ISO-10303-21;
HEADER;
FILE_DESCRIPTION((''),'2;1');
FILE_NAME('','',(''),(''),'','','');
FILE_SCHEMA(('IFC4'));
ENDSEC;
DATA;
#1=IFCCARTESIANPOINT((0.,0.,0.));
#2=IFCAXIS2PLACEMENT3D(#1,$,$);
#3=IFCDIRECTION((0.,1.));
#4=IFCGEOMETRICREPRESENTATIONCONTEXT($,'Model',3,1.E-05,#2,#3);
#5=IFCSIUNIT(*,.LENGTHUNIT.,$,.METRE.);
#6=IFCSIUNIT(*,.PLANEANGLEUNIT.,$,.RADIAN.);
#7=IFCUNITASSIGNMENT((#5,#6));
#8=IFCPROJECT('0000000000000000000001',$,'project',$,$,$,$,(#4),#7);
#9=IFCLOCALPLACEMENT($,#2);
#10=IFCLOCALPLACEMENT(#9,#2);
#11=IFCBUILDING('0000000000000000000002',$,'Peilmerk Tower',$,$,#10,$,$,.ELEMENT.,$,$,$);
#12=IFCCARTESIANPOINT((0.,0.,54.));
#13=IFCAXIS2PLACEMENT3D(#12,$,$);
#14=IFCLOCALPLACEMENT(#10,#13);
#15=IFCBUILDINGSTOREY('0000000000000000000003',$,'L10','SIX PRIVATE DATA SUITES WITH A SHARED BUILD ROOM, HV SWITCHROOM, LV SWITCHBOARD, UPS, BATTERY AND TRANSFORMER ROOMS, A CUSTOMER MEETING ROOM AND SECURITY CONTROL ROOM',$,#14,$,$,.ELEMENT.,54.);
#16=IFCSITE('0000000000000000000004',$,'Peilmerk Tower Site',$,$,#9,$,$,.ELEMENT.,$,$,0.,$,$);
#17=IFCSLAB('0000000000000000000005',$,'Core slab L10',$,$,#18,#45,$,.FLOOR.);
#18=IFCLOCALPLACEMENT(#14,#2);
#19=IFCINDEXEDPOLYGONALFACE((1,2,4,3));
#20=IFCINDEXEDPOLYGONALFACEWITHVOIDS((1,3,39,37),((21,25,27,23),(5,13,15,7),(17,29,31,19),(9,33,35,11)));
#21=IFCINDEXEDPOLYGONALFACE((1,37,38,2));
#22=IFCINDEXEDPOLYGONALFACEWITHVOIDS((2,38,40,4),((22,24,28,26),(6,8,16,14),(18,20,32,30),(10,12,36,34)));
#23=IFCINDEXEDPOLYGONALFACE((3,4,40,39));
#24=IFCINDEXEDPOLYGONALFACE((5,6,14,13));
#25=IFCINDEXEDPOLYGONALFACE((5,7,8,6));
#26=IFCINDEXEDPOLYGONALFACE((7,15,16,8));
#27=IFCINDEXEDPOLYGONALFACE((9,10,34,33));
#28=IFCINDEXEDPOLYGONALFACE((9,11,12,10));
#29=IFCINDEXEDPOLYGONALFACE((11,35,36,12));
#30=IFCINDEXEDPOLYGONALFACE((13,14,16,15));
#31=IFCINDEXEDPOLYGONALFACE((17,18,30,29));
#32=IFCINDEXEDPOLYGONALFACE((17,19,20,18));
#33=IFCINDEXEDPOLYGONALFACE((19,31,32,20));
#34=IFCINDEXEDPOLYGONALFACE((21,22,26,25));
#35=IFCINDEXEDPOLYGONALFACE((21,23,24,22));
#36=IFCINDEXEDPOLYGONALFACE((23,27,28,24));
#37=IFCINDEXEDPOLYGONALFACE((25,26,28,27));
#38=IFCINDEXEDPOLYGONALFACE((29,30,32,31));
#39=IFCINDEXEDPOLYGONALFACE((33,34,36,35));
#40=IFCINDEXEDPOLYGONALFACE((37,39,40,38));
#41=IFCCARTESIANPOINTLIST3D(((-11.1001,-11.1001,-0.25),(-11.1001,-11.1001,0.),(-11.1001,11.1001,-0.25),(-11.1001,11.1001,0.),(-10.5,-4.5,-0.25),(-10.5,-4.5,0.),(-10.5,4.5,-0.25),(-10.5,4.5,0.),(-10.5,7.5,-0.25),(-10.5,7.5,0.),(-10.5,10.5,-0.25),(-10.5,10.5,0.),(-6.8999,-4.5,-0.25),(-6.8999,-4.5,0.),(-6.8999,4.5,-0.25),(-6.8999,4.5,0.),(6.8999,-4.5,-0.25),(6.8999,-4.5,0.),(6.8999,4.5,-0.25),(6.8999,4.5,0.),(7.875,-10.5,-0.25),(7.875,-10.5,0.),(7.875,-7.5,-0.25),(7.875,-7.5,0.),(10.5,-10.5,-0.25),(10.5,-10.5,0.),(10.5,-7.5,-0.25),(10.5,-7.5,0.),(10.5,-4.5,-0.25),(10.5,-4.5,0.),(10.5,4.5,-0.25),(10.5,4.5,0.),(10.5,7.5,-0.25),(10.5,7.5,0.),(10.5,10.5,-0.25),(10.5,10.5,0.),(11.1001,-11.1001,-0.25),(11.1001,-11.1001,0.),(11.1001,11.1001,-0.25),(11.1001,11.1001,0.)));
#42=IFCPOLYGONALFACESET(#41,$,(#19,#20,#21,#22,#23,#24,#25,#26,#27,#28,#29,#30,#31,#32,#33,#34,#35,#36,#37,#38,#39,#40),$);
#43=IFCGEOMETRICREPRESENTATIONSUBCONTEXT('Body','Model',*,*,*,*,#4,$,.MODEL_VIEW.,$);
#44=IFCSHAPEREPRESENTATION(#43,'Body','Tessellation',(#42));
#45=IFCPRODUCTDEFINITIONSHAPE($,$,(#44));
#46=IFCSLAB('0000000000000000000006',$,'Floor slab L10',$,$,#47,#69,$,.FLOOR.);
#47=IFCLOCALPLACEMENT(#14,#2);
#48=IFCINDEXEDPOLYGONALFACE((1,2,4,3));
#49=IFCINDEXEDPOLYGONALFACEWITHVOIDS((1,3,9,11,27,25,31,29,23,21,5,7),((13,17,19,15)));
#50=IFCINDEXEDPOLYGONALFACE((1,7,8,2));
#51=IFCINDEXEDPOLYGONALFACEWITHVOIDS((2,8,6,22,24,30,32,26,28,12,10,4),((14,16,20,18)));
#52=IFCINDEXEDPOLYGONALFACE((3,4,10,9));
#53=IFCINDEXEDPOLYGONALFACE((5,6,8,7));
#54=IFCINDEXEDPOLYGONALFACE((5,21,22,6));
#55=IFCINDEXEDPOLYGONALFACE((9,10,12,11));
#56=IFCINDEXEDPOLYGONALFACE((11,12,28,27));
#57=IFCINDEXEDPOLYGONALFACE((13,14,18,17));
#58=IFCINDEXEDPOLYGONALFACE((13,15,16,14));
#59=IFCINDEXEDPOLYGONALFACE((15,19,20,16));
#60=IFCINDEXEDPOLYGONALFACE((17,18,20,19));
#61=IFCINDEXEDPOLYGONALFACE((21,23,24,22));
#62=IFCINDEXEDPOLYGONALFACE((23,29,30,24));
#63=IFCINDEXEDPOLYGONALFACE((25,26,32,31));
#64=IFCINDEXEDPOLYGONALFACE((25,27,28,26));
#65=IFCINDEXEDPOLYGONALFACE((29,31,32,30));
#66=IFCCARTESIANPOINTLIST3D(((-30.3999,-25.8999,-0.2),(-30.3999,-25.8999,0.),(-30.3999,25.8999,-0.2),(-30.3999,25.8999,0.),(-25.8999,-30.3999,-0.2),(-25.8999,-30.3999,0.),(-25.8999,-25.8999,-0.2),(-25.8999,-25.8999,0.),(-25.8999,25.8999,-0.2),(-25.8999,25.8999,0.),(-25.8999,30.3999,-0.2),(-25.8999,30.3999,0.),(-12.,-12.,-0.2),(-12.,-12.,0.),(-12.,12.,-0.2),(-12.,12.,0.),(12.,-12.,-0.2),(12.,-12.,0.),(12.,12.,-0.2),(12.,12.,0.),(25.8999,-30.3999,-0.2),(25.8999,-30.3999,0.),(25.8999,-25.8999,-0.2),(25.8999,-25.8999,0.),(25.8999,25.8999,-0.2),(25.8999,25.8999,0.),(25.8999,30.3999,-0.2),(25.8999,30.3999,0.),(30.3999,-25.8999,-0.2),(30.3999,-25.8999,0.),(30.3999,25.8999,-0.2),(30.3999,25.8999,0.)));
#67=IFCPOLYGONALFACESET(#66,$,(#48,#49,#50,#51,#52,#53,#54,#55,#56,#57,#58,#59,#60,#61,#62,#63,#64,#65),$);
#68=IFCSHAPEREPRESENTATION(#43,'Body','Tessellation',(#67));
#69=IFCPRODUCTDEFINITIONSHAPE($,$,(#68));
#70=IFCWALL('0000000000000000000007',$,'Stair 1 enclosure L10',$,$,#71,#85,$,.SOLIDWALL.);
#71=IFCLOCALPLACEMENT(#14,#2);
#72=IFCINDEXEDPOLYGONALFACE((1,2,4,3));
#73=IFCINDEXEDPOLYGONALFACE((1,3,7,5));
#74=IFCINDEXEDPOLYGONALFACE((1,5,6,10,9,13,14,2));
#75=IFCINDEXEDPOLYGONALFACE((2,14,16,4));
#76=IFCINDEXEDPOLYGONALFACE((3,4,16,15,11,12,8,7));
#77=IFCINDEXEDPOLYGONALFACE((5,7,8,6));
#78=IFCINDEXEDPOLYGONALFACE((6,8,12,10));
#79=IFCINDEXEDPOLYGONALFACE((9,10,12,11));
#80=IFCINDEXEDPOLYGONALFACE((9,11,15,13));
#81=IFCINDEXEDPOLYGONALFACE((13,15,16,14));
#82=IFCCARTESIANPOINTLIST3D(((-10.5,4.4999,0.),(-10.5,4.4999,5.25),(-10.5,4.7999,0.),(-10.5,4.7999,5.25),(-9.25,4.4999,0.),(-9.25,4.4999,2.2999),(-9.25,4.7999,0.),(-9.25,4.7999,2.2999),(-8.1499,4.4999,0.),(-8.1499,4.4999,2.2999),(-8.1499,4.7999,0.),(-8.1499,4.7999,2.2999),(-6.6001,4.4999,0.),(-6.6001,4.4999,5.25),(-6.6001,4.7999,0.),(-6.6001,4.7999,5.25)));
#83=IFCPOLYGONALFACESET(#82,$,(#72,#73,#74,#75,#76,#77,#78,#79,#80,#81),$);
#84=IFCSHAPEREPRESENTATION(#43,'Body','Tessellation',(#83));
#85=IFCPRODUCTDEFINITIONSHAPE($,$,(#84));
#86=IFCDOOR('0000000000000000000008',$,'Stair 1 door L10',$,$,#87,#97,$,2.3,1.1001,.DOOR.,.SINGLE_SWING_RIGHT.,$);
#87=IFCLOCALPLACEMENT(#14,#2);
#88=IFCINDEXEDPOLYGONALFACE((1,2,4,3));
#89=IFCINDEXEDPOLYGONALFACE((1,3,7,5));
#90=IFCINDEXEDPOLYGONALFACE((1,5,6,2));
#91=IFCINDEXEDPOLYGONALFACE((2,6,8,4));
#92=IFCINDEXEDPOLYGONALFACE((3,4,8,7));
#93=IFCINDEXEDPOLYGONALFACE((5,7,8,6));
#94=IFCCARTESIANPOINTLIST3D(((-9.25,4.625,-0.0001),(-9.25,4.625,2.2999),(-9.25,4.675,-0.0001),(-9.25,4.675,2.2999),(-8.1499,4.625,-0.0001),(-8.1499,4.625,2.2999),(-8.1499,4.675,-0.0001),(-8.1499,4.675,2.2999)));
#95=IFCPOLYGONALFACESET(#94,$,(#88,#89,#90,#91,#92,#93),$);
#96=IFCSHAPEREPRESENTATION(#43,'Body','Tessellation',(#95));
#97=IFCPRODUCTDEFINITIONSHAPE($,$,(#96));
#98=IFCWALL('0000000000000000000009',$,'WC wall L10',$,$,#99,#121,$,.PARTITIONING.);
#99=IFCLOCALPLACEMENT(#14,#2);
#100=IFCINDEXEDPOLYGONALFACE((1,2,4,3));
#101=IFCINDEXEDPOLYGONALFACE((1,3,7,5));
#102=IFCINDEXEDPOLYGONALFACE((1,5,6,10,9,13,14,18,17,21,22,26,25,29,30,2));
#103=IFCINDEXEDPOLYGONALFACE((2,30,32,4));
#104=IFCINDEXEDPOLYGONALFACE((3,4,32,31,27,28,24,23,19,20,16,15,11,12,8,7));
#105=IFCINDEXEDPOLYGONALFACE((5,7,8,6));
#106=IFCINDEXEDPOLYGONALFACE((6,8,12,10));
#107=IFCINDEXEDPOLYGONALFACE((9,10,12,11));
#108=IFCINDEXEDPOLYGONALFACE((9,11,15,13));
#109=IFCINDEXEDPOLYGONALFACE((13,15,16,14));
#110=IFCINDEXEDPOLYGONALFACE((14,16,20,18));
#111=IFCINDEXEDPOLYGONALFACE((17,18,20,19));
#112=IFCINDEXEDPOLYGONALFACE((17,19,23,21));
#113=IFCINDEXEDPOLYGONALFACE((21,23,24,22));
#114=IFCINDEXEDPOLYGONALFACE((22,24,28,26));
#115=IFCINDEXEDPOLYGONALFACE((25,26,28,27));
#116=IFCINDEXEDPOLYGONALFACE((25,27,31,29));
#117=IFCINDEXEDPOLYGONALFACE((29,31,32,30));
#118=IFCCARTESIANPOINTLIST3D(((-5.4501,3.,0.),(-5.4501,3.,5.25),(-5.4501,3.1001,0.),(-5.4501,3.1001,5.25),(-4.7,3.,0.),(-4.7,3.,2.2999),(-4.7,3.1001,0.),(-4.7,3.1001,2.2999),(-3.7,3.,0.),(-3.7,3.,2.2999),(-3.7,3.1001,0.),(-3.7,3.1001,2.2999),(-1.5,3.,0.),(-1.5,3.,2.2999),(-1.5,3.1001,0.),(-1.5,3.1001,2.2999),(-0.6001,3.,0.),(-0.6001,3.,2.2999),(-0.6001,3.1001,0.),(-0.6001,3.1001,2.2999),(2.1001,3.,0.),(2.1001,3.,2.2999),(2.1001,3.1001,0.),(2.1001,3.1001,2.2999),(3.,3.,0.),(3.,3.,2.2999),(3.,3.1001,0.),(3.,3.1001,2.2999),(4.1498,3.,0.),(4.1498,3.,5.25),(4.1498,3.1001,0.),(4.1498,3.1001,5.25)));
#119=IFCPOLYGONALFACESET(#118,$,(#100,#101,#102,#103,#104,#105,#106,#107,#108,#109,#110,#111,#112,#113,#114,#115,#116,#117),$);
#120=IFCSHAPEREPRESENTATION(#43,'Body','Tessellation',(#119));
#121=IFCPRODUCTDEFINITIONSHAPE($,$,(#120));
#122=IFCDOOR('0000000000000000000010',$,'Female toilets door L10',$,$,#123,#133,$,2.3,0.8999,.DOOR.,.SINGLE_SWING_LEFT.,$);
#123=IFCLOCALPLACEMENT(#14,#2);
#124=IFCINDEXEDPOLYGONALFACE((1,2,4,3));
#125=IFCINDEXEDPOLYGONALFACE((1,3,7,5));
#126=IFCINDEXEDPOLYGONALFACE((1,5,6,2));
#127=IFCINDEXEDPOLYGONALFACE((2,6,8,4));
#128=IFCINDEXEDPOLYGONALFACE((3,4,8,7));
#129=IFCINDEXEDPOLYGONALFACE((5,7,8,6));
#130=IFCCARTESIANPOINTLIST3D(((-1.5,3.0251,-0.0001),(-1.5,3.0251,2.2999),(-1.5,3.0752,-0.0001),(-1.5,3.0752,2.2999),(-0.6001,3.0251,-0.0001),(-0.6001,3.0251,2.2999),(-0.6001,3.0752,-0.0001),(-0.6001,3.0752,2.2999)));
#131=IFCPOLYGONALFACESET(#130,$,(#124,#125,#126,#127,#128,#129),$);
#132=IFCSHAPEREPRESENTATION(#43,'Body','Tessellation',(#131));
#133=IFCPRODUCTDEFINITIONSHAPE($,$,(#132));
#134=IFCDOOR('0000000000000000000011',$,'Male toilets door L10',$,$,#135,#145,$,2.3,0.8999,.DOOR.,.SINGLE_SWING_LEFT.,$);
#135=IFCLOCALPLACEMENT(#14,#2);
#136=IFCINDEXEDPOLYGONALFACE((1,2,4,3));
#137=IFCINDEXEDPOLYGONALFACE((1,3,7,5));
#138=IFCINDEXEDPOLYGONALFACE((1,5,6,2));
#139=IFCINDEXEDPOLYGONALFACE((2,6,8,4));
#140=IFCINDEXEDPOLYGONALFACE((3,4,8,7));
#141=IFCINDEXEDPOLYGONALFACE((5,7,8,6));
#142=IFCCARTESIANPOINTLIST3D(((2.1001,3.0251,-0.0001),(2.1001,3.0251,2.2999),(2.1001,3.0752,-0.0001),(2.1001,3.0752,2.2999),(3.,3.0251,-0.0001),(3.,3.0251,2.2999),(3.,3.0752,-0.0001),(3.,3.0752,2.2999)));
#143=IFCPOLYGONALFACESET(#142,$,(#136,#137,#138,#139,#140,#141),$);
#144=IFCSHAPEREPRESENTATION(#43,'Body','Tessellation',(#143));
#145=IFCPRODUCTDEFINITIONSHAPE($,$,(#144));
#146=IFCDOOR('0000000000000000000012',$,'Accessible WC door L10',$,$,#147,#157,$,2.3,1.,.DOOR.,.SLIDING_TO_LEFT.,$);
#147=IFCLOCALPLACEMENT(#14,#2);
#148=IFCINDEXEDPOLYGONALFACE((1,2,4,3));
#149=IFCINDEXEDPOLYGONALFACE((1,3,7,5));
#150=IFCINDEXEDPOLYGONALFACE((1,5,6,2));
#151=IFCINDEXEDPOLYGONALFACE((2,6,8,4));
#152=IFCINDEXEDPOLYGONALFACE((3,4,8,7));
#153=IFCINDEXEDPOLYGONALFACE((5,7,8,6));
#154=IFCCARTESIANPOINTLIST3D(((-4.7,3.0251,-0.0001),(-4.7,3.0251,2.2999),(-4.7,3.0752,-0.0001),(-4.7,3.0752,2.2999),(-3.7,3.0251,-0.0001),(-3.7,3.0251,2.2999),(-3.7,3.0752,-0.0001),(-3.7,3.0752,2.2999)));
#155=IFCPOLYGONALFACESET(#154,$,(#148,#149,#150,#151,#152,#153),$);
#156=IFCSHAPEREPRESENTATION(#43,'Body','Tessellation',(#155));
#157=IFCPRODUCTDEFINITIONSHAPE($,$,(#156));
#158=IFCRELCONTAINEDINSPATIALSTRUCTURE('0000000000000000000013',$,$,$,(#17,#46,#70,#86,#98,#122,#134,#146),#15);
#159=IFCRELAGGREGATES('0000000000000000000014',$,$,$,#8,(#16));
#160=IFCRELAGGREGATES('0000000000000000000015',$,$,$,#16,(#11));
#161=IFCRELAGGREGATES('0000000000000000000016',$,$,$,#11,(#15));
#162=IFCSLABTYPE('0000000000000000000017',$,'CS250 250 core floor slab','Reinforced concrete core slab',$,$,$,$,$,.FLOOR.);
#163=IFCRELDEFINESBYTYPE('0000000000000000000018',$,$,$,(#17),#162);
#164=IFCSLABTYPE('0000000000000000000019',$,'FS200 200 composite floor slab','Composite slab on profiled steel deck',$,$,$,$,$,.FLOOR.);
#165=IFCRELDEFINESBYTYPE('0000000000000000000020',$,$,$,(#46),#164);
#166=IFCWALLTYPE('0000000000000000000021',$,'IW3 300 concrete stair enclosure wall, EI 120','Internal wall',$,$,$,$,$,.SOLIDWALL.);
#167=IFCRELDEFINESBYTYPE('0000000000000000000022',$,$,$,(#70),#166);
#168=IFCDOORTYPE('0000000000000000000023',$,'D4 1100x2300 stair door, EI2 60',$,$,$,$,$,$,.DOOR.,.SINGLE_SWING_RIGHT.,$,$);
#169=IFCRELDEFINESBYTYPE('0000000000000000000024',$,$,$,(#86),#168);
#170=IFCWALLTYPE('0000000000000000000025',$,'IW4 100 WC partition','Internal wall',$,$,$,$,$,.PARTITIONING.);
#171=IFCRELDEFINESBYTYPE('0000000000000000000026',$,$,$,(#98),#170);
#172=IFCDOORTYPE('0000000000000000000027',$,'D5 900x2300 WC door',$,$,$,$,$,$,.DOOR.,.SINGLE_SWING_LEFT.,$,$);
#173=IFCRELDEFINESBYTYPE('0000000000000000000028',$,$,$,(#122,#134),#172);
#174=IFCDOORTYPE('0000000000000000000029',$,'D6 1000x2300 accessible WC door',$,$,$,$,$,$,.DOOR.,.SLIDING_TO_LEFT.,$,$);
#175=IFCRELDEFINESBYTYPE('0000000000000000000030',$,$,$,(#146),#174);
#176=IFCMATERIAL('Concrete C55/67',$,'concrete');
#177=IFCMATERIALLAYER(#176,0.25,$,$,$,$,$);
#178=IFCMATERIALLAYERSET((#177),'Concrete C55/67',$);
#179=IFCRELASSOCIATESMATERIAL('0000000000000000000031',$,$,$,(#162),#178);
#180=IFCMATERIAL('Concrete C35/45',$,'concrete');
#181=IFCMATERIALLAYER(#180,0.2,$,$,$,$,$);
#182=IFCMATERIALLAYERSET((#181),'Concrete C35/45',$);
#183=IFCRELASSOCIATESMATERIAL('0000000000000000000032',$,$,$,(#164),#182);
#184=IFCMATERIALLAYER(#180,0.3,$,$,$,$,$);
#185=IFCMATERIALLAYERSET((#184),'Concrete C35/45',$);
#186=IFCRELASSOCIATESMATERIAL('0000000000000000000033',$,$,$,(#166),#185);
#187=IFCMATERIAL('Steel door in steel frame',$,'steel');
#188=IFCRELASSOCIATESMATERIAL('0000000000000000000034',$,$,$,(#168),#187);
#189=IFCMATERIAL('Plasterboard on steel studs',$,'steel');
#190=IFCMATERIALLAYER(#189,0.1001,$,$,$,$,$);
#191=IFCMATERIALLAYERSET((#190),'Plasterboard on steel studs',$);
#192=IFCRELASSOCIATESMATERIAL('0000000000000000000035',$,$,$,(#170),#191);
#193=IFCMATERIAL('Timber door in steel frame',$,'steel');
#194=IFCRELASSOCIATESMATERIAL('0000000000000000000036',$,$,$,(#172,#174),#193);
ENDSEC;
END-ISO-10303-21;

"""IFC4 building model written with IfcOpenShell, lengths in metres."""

from ifc_helpers import new_model, si_unit, direction, frame, frame_2d, origin, place, context, subcontext, project, spatial, polyline, rectangle, outline, extrude, material, layer, layer_set, type_object, element, fill, save


model = new_model("IFC4")

# Units and contexts
model_context = context("Model", 3, precision=1e-05, world=origin(), true_north=direction((0.0, 1.0)))
body_context = subcontext(model_context, "Body", "Model", "MODEL_VIEW")
ifc_project = project(units=[si_unit("LENGTHUNIT", "METRE"), si_unit("PLANEANGLEUNIT", "RADIAN")], contexts=[model_context])

# Site, building, storey
site_placement = place(None, origin())
site = spatial("IfcSite", under=ifc_project, at=site_placement, Name="Peilmerk Tower Site", CompositionType="ELEMENT", RefElevation=0.0)
building_placement = place(site_placement, origin())
building = spatial("IfcBuilding", under=site, at=building_placement, Name="Peilmerk Tower", CompositionType="ELEMENT")
storey_placement = place(building_placement, frame((0.0, 0.0, 54.0)))
storey = spatial("IfcBuildingStorey", under=building, at=storey_placement, Name="L10", Description="SIX PRIVATE DATA SUITES WITH A SHARED BUILD ROOM, HV SWITCHROOM, LV SWITCHBOARD, UPS, BATTERY AND TRANSFORMER ROOMS, A CUSTOMER MEETING ROOM AND SECURITY CONTROL ROOM", CompositionType="ELEMENT", Elevation=54.0)

# Slabs
ifc_material_1 = material(Name="Concrete C55/67", Category="concrete")
ifc_layer_1 = layer(ifc_material_1, 0.25)
ifc_layer_set_1 = layer_set([ifc_layer_1], Name="Concrete C55/67")
slab_type_1 = type_object("IfcSlabType", Name="CS250 250 core floor slab", Description="Reinforced concrete core slab", PredefinedType="FLOOR", material=ifc_layer_set_1)
slab_1_placement = place(storey_placement, frame((0.0, 0.0, -0.25)))
element("IfcSlab", 1, at=slab_1_placement, inside=storey, type_object=slab_type_1, Name="Core slab L10", PredefinedType="FLOOR", context=body_context, shape_type="SweptSolid", body=[
    extrude(outline(polyline([(-11.1001, 11.1001), (-11.1001, -11.1001), (11.1001, -11.1001), (11.1001, 11.1001), (-11.1001, 11.1001)]), holes=[polyline([(10.5, 7.5), (-10.5, 7.5), (-10.5, 10.5), (10.5, 10.5), (10.5, 7.5)]), polyline([(7.875, -10.5), (7.875, -7.5), (10.5, -7.5), (10.5, -10.5), (7.875, -10.5)]), polyline([(-10.5, 4.5), (-6.8999, 4.5), (-6.8999, -4.5), (-10.5, -4.5), (-10.5, 4.5)]), polyline([(10.5, 4.5), (10.5, -4.5), (6.8999, -4.5), (6.8999, 4.5), (10.5, 4.5)])]), origin(), (0.0, 0.0, 1.0), 0.25),
])
ifc_material_2 = material(Name="Concrete C35/45", Category="concrete")
ifc_layer_2 = layer(ifc_material_2, 0.2)
ifc_layer_set_2 = layer_set([ifc_layer_2], Name="Concrete C35/45")
slab_type_2 = type_object("IfcSlabType", Name="FS200 200 composite floor slab", Description="Composite slab on profiled steel deck", PredefinedType="FLOOR", material=ifc_layer_set_2)
slab_2_placement = place(storey_placement, frame((0.0, 0.0, -0.2)))
element("IfcSlab", 2, at=slab_2_placement, inside=storey, type_object=slab_type_2, Name="Floor slab L10", PredefinedType="FLOOR", context=body_context, shape_type="SweptSolid", body=[
    extrude(outline(polyline([(-25.8999, -30.3999), (25.8999, -30.3999), (25.8999, -25.8999), (30.3999, -25.8999), (30.3999, 25.8999), (25.8999, 25.8999), (25.8999, 30.3999), (-25.8999, 30.3999), (-25.8999, 25.8999), (-30.3999, 25.8999), (-30.3999, -25.8999), (-25.8999, -25.8999), (-25.8999, -30.3999)]), holes=[polyline([(12.0, 12.0), (12.0, -12.0), (-12.0, -12.0), (-12.0, 12.0), (12.0, 12.0)])]), origin(), (0.0, 0.0, 1.0), 0.2),
])

# Wall, opening, door
ifc_layer_3 = layer(ifc_material_2, 0.3)
ifc_layer_set_3 = layer_set([ifc_layer_3], Name="Concrete C35/45")
wall_type_1 = type_object("IfcWallType", Name="IW3 300 concrete stair enclosure wall, EI 120", Description="Internal wall", PredefinedType="SOLIDWALL", material=ifc_layer_set_3)
wall_1_placement = place(storey_placement, frame((-10.5, 4.6499, 0.0), z_axis=(0.0, 0.0, 1.0), x_axis=(1.0, 0.0, 0.0)))
wall_1 = element("IfcWall", 3, at=wall_1_placement, inside=storey, type_object=wall_type_1, Name="Stair 1 enclosure L10", PredefinedType="SOLIDWALL", context=body_context, shape_type="SweptSolid", body=[
    extrude(rectangle(XDim=3.8999, YDim=0.3, at=frame_2d((1.95, 0.0))), origin(), (0.0, 0.0, 1.0), 5.25),
])
opening_1_placement = place(wall_1_placement, frame((1.25, 0.0, 0.0)))
opening_1 = element("IfcOpeningElement", 4, at=opening_1_placement, cuts=wall_1, PredefinedType="OPENING", context=body_context, shape_type="SweptSolid", body=[
    extrude(rectangle(XDim=1.1001, YDim=2.3, at=frame_2d((0.55, 1.1499))), frame((0.0, 0.1599, 0.0), z_axis=(0.0, -1.0, 0.0), x_axis=(1.0, 0.0, 0.0)), (0.0, 0.0, 1.0), 0.3201),
])
ifc_material_3 = material(Name="Steel door in steel frame", Category="steel")
door_type_1 = type_object("IfcDoorType", Name="D4 1100x2300 stair door, EI2 60", OperationType="SINGLE_SWING_RIGHT", PredefinedType="DOOR", material=ifc_material_3)
door_1_placement = place(opening_1_placement, frame((1.1001, 0.0, 0.0), z_axis=(0.0, 0.0, 1.0), x_axis=(-1.0, 0.0, 0.0)))
door_1 = element("IfcDoor", 5, at=door_1_placement, inside=storey, type_object=door_type_1, Name="Stair 1 door L10", OperationType="SINGLE_SWING_RIGHT", OverallHeight=2.3, OverallWidth=1.1001, PredefinedType="DOOR", context=body_context, shape_type="SweptSolid", body=[
    extrude(rectangle(XDim=1.1001, YDim=2.3, at=frame_2d((0.55, 1.1499))), frame((0.0, 0.0249, 0.0), z_axis=(0.0, -1.0, 0.0), x_axis=(1.0, 0.0, 0.0)), (0.0, 0.0, 1.0), 0.05),
])
fill(opening_1, door_1)

# Wall, openings, doors
ifc_material_4 = material(Name="Plasterboard on steel studs", Category="steel")
ifc_layer_4 = layer(ifc_material_4, 0.1001)
ifc_layer_set_4 = layer_set([ifc_layer_4], Name="Plasterboard on steel studs")
wall_type_2 = type_object("IfcWallType", Name="IW4 100 WC partition", Description="Internal wall", PredefinedType="PARTITIONING", material=ifc_layer_set_4)
wall_2_placement = place(storey_placement, frame((-5.45, 3.05, 0.0), z_axis=(0.0, 0.0, 1.0), x_axis=(1.0, 0.0, 0.0)))
wall_2 = element("IfcWall", 6, at=wall_2_placement, inside=storey, type_object=wall_type_2, Name="WC wall L10", PredefinedType="PARTITIONING", context=body_context, shape_type="SweptSolid", body=[
    extrude(rectangle(XDim=9.5999, YDim=0.1001, at=frame_2d((4.7998, 0.0))), origin(), (0.0, 0.0, 1.0), 5.25),
])
opening_2_placement = place(wall_2_placement, frame((0.75, 0.0, 0.0)))
opening_2 = element("IfcOpeningElement", 7, at=opening_2_placement, cuts=wall_2, PredefinedType="OPENING", context=body_context, shape_type="SweptSolid", body=[
    extrude(rectangle(XDim=1.0, YDim=2.3, at=frame_2d((0.5, 1.1499))), frame((0.0, 0.0601, 0.0), z_axis=(0.0, -1.0, 0.0), x_axis=(1.0, 0.0, 0.0)), (0.0, 0.0, 1.0), 0.1201),
])
opening_3_placement = place(wall_2_placement, frame((3.95, 0.0, 0.0)))
opening_3 = element("IfcOpeningElement", 8, at=opening_3_placement, cuts=wall_2, PredefinedType="OPENING", context=body_context, shape_type="SweptSolid", body=[
    extrude(rectangle(XDim=0.8999, YDim=2.3, at=frame_2d((0.45, 1.1499))), frame((0.0, 0.0601, 0.0), z_axis=(0.0, -1.0, 0.0), x_axis=(1.0, 0.0, 0.0)), (0.0, 0.0, 1.0), 0.1201),
])
opening_4_placement = place(wall_2_placement, frame((7.55, 0.0, 0.0)))
opening_4 = element("IfcOpeningElement", 9, at=opening_4_placement, cuts=wall_2, PredefinedType="OPENING", context=body_context, shape_type="SweptSolid", body=[
    extrude(rectangle(XDim=0.8999, YDim=2.3, at=frame_2d((0.45, 1.1499))), frame((0.0, 0.0601, 0.0), z_axis=(0.0, -1.0, 0.0), x_axis=(1.0, 0.0, 0.0)), (0.0, 0.0, 1.0), 0.1201),
])
ifc_material_5 = material(Name="Timber door in steel frame", Category="steel")
door_type_2 = type_object("IfcDoorType", Name="D5 900x2300 WC door", OperationType="SINGLE_SWING_LEFT", PredefinedType="DOOR", material=ifc_material_5)
door_2_placement = place(opening_3_placement, frame((0.8999, 0.0, 0.0), z_axis=(0.0, 0.0, 1.0), x_axis=(-1.0, 0.0, 0.0)))
door_2 = element("IfcDoor", 10, at=door_2_placement, inside=storey, type_object=door_type_2, Name="Female toilets door L10", OperationType="SINGLE_SWING_LEFT", OverallHeight=2.3, OverallWidth=0.8999, PredefinedType="DOOR", context=body_context, shape_type="SweptSolid", body=[
    extrude(rectangle(XDim=0.8999, YDim=2.3, at=frame_2d((0.45, 1.1499))), frame((0.0, 0.0249, 0.0), z_axis=(0.0, -1.0, 0.0), x_axis=(1.0, 0.0, 0.0)), (0.0, 0.0, 1.0), 0.05),
])
fill(opening_3, door_2)
door_3_placement = place(opening_4_placement, frame((0.8999, 0.0, 0.0), z_axis=(0.0, 0.0, 1.0), x_axis=(-1.0, 0.0, 0.0)))
door_3 = element("IfcDoor", 11, at=door_3_placement, inside=storey, type_object=door_type_2, Name="Male toilets door L10", OperationType="SINGLE_SWING_LEFT", OverallHeight=2.3, OverallWidth=0.8999, PredefinedType="DOOR", context=body_context, shape_type="SweptSolid", body=[
    extrude(rectangle(XDim=0.8999, YDim=2.3, at=frame_2d((0.45, 1.1499))), frame((0.0, 0.0249, 0.0), z_axis=(0.0, -1.0, 0.0), x_axis=(1.0, 0.0, 0.0)), (0.0, 0.0, 1.0), 0.05),
])
fill(opening_4, door_3)
door_type_3 = type_object("IfcDoorType", Name="D6 1000x2300 accessible WC door", OperationType="SLIDING_TO_LEFT", PredefinedType="DOOR", material=ifc_material_5)
door_4_placement = place(opening_2_placement, frame((1.0, 0.0, 0.0), z_axis=(0.0, 0.0, 1.0), x_axis=(-1.0, 0.0, 0.0)))
door_4 = element("IfcDoor", 12, at=door_4_placement, inside=storey, type_object=door_type_3, Name="Accessible WC door L10", OperationType="SLIDING_TO_LEFT", OverallHeight=2.3, OverallWidth=1.0, PredefinedType="DOOR", context=body_context, shape_type="SweptSolid", body=[
    extrude(rectangle(XDim=1.0, YDim=2.3, at=frame_2d((0.5, 1.1499))), frame((0.0, 0.0249, 0.0), z_axis=(0.0, -1.0, 0.0), x_axis=(1.0, 0.0, 0.0)), (0.0, 0.0, 1.0), 0.05),
])
fill(opening_2, door_4)

save(model, "model.ifc")
